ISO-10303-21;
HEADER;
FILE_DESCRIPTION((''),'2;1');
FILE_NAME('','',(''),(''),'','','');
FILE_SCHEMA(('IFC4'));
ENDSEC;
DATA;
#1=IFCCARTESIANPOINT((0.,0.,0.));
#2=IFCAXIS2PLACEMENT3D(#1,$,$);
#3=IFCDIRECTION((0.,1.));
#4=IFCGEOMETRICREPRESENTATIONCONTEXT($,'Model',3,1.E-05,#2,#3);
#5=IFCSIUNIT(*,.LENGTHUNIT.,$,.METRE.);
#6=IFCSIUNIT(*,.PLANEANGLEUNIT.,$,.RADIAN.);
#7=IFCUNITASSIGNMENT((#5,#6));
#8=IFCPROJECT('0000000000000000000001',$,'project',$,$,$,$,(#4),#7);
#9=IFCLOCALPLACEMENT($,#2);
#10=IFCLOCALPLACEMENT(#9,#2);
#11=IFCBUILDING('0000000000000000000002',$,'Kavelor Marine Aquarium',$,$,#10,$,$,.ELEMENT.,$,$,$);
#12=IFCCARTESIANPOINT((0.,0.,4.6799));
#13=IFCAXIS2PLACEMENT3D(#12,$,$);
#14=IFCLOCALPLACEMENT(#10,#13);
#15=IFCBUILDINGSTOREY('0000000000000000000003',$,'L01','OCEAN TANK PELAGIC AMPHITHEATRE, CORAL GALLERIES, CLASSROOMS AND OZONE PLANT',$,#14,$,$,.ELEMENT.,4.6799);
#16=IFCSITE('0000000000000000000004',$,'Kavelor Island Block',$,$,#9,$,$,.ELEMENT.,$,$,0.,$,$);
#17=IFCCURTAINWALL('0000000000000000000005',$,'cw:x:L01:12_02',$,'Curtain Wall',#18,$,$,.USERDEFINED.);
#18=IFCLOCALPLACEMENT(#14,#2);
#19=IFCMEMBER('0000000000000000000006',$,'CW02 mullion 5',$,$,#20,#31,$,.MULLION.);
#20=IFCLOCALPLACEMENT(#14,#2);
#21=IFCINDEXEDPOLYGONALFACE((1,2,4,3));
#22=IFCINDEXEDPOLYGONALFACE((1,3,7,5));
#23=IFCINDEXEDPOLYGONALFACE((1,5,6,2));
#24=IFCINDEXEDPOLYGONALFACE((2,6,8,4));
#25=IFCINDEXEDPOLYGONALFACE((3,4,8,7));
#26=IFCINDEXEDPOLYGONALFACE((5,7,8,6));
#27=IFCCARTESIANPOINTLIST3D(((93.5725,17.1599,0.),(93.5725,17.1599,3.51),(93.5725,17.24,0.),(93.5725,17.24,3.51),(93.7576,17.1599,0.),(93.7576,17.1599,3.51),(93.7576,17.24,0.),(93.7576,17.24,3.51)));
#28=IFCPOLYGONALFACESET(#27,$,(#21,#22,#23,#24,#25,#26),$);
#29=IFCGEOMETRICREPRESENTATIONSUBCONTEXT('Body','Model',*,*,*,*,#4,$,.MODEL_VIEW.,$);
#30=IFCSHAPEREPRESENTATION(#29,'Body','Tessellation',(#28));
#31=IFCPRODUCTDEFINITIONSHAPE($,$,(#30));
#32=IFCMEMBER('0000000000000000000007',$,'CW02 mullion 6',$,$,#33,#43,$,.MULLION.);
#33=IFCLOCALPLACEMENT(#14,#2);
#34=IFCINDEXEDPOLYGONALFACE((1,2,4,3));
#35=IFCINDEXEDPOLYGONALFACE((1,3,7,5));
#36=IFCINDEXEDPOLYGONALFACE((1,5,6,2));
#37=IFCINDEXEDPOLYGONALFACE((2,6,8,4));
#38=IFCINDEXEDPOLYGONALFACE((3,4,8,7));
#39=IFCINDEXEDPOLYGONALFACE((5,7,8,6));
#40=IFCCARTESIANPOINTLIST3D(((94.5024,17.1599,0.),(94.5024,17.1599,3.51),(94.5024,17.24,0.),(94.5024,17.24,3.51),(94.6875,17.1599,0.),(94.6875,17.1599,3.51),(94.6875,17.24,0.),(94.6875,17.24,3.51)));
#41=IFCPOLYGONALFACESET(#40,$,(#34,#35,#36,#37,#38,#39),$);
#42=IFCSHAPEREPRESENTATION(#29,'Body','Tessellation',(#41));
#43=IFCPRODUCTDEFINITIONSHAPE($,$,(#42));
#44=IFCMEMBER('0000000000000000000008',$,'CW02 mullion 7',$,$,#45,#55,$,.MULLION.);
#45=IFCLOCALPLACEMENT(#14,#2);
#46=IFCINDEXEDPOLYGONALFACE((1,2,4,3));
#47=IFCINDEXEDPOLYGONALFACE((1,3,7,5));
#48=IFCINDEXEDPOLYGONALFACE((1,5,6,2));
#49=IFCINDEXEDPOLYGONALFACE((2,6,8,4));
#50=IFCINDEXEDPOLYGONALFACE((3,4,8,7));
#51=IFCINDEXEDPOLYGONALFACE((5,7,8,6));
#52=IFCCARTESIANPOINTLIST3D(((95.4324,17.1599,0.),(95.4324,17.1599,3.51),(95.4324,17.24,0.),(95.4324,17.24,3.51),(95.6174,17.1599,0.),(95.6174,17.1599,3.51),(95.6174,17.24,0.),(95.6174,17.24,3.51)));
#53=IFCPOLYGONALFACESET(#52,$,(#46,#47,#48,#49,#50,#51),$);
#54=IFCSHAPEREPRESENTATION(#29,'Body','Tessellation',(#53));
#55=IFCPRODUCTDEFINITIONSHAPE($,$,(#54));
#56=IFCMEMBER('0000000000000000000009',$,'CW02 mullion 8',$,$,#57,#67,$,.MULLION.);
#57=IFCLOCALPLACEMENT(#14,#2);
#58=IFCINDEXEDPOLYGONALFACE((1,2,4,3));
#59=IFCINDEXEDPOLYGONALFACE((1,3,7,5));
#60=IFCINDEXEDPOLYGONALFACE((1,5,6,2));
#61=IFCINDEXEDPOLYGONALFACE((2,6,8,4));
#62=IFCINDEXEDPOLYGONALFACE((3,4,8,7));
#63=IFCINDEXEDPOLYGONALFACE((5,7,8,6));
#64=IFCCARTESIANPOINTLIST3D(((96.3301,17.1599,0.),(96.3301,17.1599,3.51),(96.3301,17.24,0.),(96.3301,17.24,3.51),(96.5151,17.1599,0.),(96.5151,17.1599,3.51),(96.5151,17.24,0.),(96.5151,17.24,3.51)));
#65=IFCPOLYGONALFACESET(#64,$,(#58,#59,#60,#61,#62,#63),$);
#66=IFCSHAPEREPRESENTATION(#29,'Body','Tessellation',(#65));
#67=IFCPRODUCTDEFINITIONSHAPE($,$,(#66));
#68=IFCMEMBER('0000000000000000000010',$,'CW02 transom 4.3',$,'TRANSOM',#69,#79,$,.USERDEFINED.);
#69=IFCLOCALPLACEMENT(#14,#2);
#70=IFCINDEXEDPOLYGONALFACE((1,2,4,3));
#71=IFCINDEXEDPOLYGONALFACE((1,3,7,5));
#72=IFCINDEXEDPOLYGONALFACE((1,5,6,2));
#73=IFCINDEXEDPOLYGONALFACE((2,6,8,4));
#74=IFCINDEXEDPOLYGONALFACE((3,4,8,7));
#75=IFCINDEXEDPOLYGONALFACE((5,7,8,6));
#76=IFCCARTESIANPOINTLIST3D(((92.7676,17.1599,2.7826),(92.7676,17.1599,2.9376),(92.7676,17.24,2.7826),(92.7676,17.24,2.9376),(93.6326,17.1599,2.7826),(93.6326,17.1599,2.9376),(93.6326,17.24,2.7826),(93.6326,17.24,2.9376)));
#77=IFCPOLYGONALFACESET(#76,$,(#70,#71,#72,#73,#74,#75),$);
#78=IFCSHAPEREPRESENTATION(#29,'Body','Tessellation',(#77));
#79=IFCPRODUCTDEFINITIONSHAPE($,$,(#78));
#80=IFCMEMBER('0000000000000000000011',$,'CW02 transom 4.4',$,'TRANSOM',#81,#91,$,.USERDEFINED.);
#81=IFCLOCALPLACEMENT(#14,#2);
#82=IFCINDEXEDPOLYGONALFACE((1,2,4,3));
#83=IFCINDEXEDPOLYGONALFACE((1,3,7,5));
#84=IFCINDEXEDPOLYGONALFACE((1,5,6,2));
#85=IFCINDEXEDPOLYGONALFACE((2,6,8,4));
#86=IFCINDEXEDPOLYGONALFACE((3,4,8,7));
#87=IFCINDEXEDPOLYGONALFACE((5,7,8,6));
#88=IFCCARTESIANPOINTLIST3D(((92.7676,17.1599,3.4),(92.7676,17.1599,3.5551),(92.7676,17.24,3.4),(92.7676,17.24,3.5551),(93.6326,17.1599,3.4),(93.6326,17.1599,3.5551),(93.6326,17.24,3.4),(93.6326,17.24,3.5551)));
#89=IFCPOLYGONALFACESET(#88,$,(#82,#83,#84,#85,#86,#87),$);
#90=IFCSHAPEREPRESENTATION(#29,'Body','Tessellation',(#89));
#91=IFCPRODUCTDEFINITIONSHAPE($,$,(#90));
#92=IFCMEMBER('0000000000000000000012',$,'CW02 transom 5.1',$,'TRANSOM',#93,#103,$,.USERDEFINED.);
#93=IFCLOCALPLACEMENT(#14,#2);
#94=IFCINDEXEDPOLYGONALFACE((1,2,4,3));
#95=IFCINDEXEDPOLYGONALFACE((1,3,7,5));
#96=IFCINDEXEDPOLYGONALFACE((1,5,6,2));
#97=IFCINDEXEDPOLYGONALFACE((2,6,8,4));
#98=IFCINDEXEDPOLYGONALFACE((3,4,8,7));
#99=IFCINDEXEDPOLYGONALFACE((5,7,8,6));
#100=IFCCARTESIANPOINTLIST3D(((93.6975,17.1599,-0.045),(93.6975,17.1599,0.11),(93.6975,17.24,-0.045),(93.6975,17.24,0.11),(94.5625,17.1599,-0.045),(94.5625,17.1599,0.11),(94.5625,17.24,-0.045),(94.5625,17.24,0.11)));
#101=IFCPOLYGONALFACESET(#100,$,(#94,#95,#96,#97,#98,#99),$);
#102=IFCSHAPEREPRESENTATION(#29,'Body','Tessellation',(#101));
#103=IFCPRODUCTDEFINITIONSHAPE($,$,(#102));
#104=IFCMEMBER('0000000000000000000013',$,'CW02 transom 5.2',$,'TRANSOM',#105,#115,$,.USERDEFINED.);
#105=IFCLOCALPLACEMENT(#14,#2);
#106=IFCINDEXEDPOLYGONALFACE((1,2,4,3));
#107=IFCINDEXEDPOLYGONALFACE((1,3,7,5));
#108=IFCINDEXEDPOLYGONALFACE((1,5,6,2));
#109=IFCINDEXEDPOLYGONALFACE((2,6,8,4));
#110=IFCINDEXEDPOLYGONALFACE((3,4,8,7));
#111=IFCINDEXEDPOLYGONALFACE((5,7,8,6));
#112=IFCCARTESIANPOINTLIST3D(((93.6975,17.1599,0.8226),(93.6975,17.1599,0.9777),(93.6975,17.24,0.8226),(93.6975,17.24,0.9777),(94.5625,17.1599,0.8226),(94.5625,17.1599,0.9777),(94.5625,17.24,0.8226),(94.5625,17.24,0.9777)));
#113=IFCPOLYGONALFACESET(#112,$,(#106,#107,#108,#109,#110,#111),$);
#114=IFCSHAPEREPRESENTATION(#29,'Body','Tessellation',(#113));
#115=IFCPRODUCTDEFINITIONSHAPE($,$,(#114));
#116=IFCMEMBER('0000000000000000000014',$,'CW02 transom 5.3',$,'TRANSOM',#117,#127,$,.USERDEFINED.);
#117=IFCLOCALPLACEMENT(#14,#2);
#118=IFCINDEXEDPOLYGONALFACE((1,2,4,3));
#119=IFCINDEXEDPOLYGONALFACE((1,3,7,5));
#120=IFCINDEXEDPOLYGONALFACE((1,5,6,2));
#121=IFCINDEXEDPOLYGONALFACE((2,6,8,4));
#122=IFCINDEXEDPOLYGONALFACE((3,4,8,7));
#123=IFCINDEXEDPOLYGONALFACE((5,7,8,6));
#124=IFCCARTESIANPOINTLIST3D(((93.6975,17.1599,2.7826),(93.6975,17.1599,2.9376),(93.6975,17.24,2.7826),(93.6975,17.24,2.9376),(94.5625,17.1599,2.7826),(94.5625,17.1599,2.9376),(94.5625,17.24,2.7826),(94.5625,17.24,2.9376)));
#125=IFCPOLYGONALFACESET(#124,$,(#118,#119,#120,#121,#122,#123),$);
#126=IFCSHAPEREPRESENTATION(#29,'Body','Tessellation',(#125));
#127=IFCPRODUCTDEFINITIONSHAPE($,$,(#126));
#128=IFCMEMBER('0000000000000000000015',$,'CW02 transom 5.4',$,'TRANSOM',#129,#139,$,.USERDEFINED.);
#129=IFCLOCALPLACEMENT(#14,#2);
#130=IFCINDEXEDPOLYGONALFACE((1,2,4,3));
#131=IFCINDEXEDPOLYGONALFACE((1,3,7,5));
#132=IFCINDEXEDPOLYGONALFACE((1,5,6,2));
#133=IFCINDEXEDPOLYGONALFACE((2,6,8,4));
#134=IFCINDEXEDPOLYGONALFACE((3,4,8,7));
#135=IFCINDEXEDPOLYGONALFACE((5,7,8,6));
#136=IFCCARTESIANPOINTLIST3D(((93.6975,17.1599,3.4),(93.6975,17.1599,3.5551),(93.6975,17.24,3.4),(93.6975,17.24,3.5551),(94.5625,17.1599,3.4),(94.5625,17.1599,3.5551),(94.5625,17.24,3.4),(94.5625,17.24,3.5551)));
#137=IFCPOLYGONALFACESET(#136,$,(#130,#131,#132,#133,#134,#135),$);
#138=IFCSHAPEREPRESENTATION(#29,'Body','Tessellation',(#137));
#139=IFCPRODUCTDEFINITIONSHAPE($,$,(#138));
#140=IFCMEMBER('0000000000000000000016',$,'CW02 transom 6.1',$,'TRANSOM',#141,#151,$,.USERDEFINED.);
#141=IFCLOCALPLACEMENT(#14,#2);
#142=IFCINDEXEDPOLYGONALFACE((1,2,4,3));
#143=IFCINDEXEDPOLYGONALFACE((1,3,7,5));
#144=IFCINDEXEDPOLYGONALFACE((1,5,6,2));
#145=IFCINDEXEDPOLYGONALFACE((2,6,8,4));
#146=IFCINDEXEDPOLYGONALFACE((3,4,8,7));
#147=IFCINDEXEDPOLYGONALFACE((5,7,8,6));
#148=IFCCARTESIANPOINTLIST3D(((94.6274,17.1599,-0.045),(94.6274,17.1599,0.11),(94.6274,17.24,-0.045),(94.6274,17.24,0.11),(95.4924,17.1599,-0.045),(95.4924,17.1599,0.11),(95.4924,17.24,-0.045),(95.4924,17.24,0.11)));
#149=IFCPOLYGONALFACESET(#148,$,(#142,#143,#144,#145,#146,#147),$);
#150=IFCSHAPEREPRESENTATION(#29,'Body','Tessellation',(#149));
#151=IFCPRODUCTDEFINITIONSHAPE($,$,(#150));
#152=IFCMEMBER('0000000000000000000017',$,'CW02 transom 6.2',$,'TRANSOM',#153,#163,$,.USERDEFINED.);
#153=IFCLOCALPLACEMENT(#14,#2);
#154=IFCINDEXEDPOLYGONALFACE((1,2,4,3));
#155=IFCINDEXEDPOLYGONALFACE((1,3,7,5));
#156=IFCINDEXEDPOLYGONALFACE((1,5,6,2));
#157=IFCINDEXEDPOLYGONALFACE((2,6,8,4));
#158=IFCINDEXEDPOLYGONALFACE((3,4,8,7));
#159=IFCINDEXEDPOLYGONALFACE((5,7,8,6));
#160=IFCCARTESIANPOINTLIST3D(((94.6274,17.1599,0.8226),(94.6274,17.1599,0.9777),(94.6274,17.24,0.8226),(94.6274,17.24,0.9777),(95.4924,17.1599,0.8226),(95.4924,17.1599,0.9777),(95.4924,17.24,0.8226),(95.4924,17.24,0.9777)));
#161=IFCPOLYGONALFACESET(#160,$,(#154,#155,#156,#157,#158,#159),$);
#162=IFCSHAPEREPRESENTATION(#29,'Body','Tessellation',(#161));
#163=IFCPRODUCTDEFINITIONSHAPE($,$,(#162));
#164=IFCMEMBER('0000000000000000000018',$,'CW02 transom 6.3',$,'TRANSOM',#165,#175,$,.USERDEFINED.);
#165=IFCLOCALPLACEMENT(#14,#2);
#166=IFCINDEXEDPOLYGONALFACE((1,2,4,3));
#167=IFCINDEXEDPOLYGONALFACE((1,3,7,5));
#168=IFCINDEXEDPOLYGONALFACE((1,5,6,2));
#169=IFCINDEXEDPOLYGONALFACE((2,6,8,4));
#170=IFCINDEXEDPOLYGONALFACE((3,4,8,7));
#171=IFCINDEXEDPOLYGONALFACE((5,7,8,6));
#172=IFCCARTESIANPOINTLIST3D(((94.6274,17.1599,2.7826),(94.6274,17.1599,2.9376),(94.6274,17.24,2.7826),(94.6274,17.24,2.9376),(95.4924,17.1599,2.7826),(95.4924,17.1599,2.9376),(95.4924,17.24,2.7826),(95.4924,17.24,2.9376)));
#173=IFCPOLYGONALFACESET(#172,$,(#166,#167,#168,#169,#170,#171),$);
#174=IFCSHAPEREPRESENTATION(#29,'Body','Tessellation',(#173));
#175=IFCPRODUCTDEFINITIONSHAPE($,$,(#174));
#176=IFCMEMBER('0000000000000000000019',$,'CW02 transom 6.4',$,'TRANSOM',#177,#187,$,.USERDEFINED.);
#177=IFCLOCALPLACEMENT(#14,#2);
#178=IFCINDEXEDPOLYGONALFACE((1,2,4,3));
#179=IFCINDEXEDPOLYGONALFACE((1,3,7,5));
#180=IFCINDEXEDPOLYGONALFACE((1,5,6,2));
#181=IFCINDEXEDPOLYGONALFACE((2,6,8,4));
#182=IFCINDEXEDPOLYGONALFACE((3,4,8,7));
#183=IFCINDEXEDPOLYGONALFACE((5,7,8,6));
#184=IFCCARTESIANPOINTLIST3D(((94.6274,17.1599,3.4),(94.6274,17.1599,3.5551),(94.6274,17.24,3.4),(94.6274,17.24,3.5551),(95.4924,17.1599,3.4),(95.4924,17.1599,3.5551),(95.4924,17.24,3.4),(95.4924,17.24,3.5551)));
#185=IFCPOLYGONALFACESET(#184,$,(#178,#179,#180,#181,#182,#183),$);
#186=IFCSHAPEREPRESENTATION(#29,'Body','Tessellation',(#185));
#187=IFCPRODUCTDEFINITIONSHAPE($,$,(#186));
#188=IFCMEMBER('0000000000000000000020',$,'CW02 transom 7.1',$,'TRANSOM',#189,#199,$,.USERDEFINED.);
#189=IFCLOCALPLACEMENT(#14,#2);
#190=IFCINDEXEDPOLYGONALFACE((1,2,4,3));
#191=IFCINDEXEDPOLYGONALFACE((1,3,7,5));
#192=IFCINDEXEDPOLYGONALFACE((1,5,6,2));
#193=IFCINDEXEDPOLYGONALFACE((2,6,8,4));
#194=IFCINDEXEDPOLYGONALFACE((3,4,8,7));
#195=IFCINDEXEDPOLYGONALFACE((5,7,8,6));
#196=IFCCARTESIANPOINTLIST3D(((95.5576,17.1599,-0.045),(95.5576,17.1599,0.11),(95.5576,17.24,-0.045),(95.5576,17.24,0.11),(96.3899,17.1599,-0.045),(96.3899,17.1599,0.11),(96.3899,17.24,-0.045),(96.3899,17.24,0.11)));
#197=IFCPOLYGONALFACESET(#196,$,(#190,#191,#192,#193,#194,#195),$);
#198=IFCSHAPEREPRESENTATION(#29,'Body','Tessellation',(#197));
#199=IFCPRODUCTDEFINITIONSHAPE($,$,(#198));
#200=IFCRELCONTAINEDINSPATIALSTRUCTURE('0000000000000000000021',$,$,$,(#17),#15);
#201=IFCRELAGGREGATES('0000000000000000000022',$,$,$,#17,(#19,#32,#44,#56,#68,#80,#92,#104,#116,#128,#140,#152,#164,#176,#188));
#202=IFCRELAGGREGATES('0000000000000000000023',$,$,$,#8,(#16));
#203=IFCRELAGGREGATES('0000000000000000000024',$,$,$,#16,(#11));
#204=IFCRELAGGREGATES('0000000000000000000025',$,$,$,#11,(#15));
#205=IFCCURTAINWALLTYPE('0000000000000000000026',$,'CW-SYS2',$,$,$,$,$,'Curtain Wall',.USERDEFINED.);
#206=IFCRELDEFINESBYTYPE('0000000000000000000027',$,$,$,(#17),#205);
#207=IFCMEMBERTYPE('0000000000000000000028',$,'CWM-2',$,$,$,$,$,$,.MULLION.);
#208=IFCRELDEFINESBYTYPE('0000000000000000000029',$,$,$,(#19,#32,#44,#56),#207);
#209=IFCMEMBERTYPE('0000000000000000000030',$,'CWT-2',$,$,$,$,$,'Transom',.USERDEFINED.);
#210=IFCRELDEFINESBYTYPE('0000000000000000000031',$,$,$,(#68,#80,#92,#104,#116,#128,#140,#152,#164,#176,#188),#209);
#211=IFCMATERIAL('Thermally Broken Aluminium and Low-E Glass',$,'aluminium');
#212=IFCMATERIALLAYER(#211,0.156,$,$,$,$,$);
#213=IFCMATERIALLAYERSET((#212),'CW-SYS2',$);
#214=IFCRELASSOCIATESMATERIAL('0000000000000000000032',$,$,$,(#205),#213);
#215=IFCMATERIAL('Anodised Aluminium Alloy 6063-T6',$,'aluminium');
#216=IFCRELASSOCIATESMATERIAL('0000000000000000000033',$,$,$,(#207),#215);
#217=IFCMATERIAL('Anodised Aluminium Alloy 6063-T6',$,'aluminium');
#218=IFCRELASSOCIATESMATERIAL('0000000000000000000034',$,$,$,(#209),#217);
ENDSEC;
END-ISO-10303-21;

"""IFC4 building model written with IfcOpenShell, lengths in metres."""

from ifc_helpers import new_model, si_unit, direction, frame, origin, origin_2d, place, context, subcontext, project, spatial, rectangle, extrude, material, layer, layer_set, material_profile, profile_set, type_object, element, aggregate, save


model = new_model("IFC4")

# Units and contexts
model_context = context("Model", 3, precision=1e-05, world=origin(), true_north=direction((0.0, 1.0)))
body_context = subcontext(model_context, "Body", "Model", "MODEL_VIEW")
ifc_project = project(units=[si_unit("LENGTHUNIT", "METRE"), si_unit("PLANEANGLEUNIT", "RADIAN")], contexts=[model_context])

# Site, building, storey
site_placement = place(None, origin())
site = spatial("IfcSite", under=ifc_project, at=site_placement, Name="Kavelor Island Block", CompositionType="ELEMENT", RefElevation=0.0)
building_placement = place(site_placement, origin())
building = spatial("IfcBuilding", under=site, at=building_placement, Name="Kavelor Marine Aquarium", CompositionType="ELEMENT")
storey_placement = place(building_placement, frame((0.0, 0.0, 4.6799)))
storey = spatial("IfcBuildingStorey", under=building, at=storey_placement, Name="L01", Description="OCEAN TANK PELAGIC AMPHITHEATRE, CORAL GALLERIES, CLASSROOMS AND OZONE PLANT", CompositionType="ELEMENT", Elevation=4.6799)

# Curtain wall, members
ifc_material_1 = material(Name="Thermally Broken Aluminium and Low-E Glass", Category="aluminium")
ifc_layer_1 = layer(ifc_material_1, 0.156)
ifc_layer_set_1 = layer_set([ifc_layer_1], Name="CW-SYS2")
curtain_wall_type = type_object("IfcCurtainWallType", Name="CW-SYS2", ElementType="Curtain Wall", PredefinedType="USERDEFINED", material=ifc_layer_set_1)
curtain_wall_placement = place(storey_placement, origin())
curtain_wall = element("IfcCurtainWall", 1, at=curtain_wall_placement, inside=storey, type_object=curtain_wall_type, Name="cw:x:L01:12_02", ObjectType="Curtain Wall", PredefinedType="USERDEFINED")
ifc_material_2 = material(Name="Anodised Aluminium Alloy 6063-T6", Category="aluminium")
ifc_material_profile_1 = material_profile(ifc_material_2, rectangle(XDim=0.0801, YDim=0.1851, at=origin_2d()), Name="CW-MUL 80x185")
ifc_profile_set_1 = profile_set([ifc_material_profile_1], Name="Anodised Aluminium Alloy 6063-T6")
member_type_1 = type_object("IfcMemberType", Name="CWM-2", PredefinedType="MULLION", material=ifc_profile_set_1)
member_1_placement = place(storey_placement, frame((93.665, 17.2, 0.0), z_axis=(0.0, 0.0, 1.0), x_axis=(0.0, 1.0, 0.0)))
member_1 = element("IfcMember", 2, at=member_1_placement, type_object=member_type_1, Name="CW02 mullion 5", PredefinedType="MULLION", context=body_context, shape_type="SweptSolid", body=[
    extrude(rectangle(XDim=0.0801, YDim=0.1851, at=origin_2d()), origin(), (0.0, 0.0, 1.0), 3.51),
])
member_2_placement = place(storey_placement, frame((94.595, 17.2, 0.0), z_axis=(0.0, 0.0, 1.0), x_axis=(0.0, 1.0, 0.0)))
member_2 = element("IfcMember", 3, at=member_2_placement, type_object=member_type_1, Name="CW02 mullion 6", PredefinedType="MULLION", context=body_context, shape_type="SweptSolid", body=[
    extrude(rectangle(XDim=0.0801, YDim=0.1851, at=origin_2d()), origin(), (0.0, 0.0, 1.0), 3.51),
])
member_3_placement = place(storey_placement, frame((95.5249, 17.2, 0.0), z_axis=(0.0, 0.0, 1.0), x_axis=(0.0, 1.0, 0.0)))
member_3 = element("IfcMember", 4, at=member_3_placement, type_object=member_type_1, Name="CW02 mullion 7", PredefinedType="MULLION", context=body_context, shape_type="SweptSolid", body=[
    extrude(rectangle(XDim=0.0801, YDim=0.1851, at=origin_2d()), origin(), (0.0, 0.0, 1.0), 3.51),
])
member_4_placement = place(storey_placement, frame((96.4226, 17.2, 0.0), z_axis=(0.0, 0.0, 1.0), x_axis=(0.0, 1.0, 0.0)))
member_4 = element("IfcMember", 5, at=member_4_placement, type_object=member_type_1, Name="CW02 mullion 8", PredefinedType="MULLION", context=body_context, shape_type="SweptSolid", body=[
    extrude(rectangle(XDim=0.0801, YDim=0.1851, at=origin_2d()), origin(), (0.0, 0.0, 1.0), 3.51),
])
ifc_material_3 = material(Name="Anodised Aluminium Alloy 6063-T6", Category="aluminium")
ifc_material_profile_2 = material_profile(ifc_material_3, rectangle(XDim=0.0801, YDim=0.155, at=origin_2d()), Name="CW-TRN 80x155")
ifc_profile_set_2 = profile_set([ifc_material_profile_2], Name="Anodised Aluminium Alloy 6063-T6")
member_type_2 = type_object("IfcMemberType", Name="CWT-2", ElementType="Transom", PredefinedType="USERDEFINED", material=ifc_profile_set_2)
member_5_placement = place(storey_placement, frame((92.7676, 17.2, 2.8601), z_axis=(1.0, 0.0, 0.0), x_axis=(0.0, 1.0, 0.0)))
member_5 = element("IfcMember", 6, at=member_5_placement, type_object=member_type_2, Name="CW02 transom 4.3", ObjectType="TRANSOM", PredefinedType="USERDEFINED", context=body_context, shape_type="SweptSolid", body=[
    extrude(rectangle(XDim=0.0801, YDim=0.155, at=origin_2d()), origin(), (0.0, 0.0, 1.0), 0.865),
])
member_6_placement = place(storey_placement, frame((92.7676, 17.2, 3.4775), z_axis=(1.0, 0.0, 0.0), x_axis=(0.0, 1.0, 0.0)))
member_6 = element("IfcMember", 7, at=member_6_placement, type_object=member_type_2, Name="CW02 transom 4.4", ObjectType="TRANSOM", PredefinedType="USERDEFINED", context=body_context, shape_type="SweptSolid", body=[
    extrude(rectangle(XDim=0.0801, YDim=0.155, at=origin_2d()), origin(), (0.0, 0.0, 1.0), 0.865),
])
member_7_placement = place(storey_placement, frame((93.6975, 17.2, 0.0325), z_axis=(1.0, 0.0, 0.0), x_axis=(0.0, 1.0, 0.0)))
member_7 = element("IfcMember", 8, at=member_7_placement, type_object=member_type_2, Name="CW02 transom 5.1", ObjectType="TRANSOM", PredefinedType="USERDEFINED", context=body_context, shape_type="SweptSolid", body=[
    extrude(rectangle(XDim=0.0801, YDim=0.155, at=origin_2d()), origin(), (0.0, 0.0, 1.0), 0.865),
])
member_8_placement = place(storey_placement, frame((93.6975, 17.2, 0.9001), z_axis=(1.0, 0.0, 0.0), x_axis=(0.0, 1.0, 0.0)))
member_8 = element("IfcMember", 9, at=member_8_placement, type_object=member_type_2, Name="CW02 transom 5.2", ObjectType="TRANSOM", PredefinedType="USERDEFINED", context=body_context, shape_type="SweptSolid", body=[
    extrude(rectangle(XDim=0.0801, YDim=0.155, at=origin_2d()), origin(), (0.0, 0.0, 1.0), 0.865),
])
member_9_placement = place(storey_placement, frame((93.6975, 17.2, 2.8601), z_axis=(1.0, 0.0, 0.0), x_axis=(0.0, 1.0, 0.0)))
member_9 = element("IfcMember", 10, at=member_9_placement, type_object=member_type_2, Name="CW02 transom 5.3", ObjectType="TRANSOM", PredefinedType="USERDEFINED", context=body_context, shape_type="SweptSolid", body=[
    extrude(rectangle(XDim=0.0801, YDim=0.155, at=origin_2d()), origin(), (0.0, 0.0, 1.0), 0.865),
])
member_10_placement = place(storey_placement, frame((93.6975, 17.2, 3.4775), z_axis=(1.0, 0.0, 0.0), x_axis=(0.0, 1.0, 0.0)))
member_10 = element("IfcMember", 11, at=member_10_placement, type_object=member_type_2, Name="CW02 transom 5.4", ObjectType="TRANSOM", PredefinedType="USERDEFINED", context=body_context, shape_type="SweptSolid", body=[
    extrude(rectangle(XDim=0.0801, YDim=0.155, at=origin_2d()), origin(), (0.0, 0.0, 1.0), 0.865),
])
member_11_placement = place(storey_placement, frame((94.6274, 17.2, 0.0325), z_axis=(1.0, 0.0, 0.0), x_axis=(0.0, 1.0, 0.0)))
member_11 = element("IfcMember", 12, at=member_11_placement, type_object=member_type_2, Name="CW02 transom 6.1", ObjectType="TRANSOM", PredefinedType="USERDEFINED", context=body_context, shape_type="SweptSolid", body=[
    extrude(rectangle(XDim=0.0801, YDim=0.155, at=origin_2d()), origin(), (0.0, 0.0, 1.0), 0.865),
])
member_12_placement = place(storey_placement, frame((94.6274, 17.2, 0.9001), z_axis=(1.0, 0.0, 0.0), x_axis=(0.0, 1.0, 0.0)))
member_12 = element("IfcMember", 13, at=member_12_placement, type_object=member_type_2, Name="CW02 transom 6.2", ObjectType="TRANSOM", PredefinedType="USERDEFINED", context=body_context, shape_type="SweptSolid", body=[
    extrude(rectangle(XDim=0.0801, YDim=0.155, at=origin_2d()), origin(), (0.0, 0.0, 1.0), 0.865),
])
member_13_placement = place(storey_placement, frame((94.6274, 17.2, 2.8601), z_axis=(1.0, 0.0, 0.0), x_axis=(0.0, 1.0, 0.0)))
member_13 = element("IfcMember", 14, at=member_13_placement, type_object=member_type_2, Name="CW02 transom 6.3", ObjectType="TRANSOM", PredefinedType="USERDEFINED", context=body_context, shape_type="SweptSolid", body=[
    extrude(rectangle(XDim=0.0801, YDim=0.155, at=origin_2d()), origin(), (0.0, 0.0, 1.0), 0.865),
])
member_14_placement = place(storey_placement, frame((94.6274, 17.2, 3.4775), z_axis=(1.0, 0.0, 0.0), x_axis=(0.0, 1.0, 0.0)))
member_14 = element("IfcMember", 15, at=member_14_placement, type_object=member_type_2, Name="CW02 transom 6.4", ObjectType="TRANSOM", PredefinedType="USERDEFINED", context=body_context, shape_type="SweptSolid", body=[
    extrude(rectangle(XDim=0.0801, YDim=0.155, at=origin_2d()), origin(), (0.0, 0.0, 1.0), 0.865),
])
member_15_placement = place(storey_placement, frame((95.5576, 17.2, 0.0325), z_axis=(1.0, 0.0, 0.0), x_axis=(0.0, 1.0, 0.0)))
member_15 = element("IfcMember", 16, at=member_15_placement, type_object=member_type_2, Name="CW02 transom 7.1", ObjectType="TRANSOM", PredefinedType="USERDEFINED", context=body_context, shape_type="SweptSolid", body=[
    extrude(rectangle(XDim=0.0801, YDim=0.155, at=origin_2d()), origin(), (0.0, 0.0, 1.0), 0.8323),
])
aggregate(curtain_wall, [member_1, member_2, member_3, member_4, member_5, member_6, member_7, member_8, member_9, member_10, member_11, member_12, member_13, member_14, member_15])

save(model, "model.ifc")
